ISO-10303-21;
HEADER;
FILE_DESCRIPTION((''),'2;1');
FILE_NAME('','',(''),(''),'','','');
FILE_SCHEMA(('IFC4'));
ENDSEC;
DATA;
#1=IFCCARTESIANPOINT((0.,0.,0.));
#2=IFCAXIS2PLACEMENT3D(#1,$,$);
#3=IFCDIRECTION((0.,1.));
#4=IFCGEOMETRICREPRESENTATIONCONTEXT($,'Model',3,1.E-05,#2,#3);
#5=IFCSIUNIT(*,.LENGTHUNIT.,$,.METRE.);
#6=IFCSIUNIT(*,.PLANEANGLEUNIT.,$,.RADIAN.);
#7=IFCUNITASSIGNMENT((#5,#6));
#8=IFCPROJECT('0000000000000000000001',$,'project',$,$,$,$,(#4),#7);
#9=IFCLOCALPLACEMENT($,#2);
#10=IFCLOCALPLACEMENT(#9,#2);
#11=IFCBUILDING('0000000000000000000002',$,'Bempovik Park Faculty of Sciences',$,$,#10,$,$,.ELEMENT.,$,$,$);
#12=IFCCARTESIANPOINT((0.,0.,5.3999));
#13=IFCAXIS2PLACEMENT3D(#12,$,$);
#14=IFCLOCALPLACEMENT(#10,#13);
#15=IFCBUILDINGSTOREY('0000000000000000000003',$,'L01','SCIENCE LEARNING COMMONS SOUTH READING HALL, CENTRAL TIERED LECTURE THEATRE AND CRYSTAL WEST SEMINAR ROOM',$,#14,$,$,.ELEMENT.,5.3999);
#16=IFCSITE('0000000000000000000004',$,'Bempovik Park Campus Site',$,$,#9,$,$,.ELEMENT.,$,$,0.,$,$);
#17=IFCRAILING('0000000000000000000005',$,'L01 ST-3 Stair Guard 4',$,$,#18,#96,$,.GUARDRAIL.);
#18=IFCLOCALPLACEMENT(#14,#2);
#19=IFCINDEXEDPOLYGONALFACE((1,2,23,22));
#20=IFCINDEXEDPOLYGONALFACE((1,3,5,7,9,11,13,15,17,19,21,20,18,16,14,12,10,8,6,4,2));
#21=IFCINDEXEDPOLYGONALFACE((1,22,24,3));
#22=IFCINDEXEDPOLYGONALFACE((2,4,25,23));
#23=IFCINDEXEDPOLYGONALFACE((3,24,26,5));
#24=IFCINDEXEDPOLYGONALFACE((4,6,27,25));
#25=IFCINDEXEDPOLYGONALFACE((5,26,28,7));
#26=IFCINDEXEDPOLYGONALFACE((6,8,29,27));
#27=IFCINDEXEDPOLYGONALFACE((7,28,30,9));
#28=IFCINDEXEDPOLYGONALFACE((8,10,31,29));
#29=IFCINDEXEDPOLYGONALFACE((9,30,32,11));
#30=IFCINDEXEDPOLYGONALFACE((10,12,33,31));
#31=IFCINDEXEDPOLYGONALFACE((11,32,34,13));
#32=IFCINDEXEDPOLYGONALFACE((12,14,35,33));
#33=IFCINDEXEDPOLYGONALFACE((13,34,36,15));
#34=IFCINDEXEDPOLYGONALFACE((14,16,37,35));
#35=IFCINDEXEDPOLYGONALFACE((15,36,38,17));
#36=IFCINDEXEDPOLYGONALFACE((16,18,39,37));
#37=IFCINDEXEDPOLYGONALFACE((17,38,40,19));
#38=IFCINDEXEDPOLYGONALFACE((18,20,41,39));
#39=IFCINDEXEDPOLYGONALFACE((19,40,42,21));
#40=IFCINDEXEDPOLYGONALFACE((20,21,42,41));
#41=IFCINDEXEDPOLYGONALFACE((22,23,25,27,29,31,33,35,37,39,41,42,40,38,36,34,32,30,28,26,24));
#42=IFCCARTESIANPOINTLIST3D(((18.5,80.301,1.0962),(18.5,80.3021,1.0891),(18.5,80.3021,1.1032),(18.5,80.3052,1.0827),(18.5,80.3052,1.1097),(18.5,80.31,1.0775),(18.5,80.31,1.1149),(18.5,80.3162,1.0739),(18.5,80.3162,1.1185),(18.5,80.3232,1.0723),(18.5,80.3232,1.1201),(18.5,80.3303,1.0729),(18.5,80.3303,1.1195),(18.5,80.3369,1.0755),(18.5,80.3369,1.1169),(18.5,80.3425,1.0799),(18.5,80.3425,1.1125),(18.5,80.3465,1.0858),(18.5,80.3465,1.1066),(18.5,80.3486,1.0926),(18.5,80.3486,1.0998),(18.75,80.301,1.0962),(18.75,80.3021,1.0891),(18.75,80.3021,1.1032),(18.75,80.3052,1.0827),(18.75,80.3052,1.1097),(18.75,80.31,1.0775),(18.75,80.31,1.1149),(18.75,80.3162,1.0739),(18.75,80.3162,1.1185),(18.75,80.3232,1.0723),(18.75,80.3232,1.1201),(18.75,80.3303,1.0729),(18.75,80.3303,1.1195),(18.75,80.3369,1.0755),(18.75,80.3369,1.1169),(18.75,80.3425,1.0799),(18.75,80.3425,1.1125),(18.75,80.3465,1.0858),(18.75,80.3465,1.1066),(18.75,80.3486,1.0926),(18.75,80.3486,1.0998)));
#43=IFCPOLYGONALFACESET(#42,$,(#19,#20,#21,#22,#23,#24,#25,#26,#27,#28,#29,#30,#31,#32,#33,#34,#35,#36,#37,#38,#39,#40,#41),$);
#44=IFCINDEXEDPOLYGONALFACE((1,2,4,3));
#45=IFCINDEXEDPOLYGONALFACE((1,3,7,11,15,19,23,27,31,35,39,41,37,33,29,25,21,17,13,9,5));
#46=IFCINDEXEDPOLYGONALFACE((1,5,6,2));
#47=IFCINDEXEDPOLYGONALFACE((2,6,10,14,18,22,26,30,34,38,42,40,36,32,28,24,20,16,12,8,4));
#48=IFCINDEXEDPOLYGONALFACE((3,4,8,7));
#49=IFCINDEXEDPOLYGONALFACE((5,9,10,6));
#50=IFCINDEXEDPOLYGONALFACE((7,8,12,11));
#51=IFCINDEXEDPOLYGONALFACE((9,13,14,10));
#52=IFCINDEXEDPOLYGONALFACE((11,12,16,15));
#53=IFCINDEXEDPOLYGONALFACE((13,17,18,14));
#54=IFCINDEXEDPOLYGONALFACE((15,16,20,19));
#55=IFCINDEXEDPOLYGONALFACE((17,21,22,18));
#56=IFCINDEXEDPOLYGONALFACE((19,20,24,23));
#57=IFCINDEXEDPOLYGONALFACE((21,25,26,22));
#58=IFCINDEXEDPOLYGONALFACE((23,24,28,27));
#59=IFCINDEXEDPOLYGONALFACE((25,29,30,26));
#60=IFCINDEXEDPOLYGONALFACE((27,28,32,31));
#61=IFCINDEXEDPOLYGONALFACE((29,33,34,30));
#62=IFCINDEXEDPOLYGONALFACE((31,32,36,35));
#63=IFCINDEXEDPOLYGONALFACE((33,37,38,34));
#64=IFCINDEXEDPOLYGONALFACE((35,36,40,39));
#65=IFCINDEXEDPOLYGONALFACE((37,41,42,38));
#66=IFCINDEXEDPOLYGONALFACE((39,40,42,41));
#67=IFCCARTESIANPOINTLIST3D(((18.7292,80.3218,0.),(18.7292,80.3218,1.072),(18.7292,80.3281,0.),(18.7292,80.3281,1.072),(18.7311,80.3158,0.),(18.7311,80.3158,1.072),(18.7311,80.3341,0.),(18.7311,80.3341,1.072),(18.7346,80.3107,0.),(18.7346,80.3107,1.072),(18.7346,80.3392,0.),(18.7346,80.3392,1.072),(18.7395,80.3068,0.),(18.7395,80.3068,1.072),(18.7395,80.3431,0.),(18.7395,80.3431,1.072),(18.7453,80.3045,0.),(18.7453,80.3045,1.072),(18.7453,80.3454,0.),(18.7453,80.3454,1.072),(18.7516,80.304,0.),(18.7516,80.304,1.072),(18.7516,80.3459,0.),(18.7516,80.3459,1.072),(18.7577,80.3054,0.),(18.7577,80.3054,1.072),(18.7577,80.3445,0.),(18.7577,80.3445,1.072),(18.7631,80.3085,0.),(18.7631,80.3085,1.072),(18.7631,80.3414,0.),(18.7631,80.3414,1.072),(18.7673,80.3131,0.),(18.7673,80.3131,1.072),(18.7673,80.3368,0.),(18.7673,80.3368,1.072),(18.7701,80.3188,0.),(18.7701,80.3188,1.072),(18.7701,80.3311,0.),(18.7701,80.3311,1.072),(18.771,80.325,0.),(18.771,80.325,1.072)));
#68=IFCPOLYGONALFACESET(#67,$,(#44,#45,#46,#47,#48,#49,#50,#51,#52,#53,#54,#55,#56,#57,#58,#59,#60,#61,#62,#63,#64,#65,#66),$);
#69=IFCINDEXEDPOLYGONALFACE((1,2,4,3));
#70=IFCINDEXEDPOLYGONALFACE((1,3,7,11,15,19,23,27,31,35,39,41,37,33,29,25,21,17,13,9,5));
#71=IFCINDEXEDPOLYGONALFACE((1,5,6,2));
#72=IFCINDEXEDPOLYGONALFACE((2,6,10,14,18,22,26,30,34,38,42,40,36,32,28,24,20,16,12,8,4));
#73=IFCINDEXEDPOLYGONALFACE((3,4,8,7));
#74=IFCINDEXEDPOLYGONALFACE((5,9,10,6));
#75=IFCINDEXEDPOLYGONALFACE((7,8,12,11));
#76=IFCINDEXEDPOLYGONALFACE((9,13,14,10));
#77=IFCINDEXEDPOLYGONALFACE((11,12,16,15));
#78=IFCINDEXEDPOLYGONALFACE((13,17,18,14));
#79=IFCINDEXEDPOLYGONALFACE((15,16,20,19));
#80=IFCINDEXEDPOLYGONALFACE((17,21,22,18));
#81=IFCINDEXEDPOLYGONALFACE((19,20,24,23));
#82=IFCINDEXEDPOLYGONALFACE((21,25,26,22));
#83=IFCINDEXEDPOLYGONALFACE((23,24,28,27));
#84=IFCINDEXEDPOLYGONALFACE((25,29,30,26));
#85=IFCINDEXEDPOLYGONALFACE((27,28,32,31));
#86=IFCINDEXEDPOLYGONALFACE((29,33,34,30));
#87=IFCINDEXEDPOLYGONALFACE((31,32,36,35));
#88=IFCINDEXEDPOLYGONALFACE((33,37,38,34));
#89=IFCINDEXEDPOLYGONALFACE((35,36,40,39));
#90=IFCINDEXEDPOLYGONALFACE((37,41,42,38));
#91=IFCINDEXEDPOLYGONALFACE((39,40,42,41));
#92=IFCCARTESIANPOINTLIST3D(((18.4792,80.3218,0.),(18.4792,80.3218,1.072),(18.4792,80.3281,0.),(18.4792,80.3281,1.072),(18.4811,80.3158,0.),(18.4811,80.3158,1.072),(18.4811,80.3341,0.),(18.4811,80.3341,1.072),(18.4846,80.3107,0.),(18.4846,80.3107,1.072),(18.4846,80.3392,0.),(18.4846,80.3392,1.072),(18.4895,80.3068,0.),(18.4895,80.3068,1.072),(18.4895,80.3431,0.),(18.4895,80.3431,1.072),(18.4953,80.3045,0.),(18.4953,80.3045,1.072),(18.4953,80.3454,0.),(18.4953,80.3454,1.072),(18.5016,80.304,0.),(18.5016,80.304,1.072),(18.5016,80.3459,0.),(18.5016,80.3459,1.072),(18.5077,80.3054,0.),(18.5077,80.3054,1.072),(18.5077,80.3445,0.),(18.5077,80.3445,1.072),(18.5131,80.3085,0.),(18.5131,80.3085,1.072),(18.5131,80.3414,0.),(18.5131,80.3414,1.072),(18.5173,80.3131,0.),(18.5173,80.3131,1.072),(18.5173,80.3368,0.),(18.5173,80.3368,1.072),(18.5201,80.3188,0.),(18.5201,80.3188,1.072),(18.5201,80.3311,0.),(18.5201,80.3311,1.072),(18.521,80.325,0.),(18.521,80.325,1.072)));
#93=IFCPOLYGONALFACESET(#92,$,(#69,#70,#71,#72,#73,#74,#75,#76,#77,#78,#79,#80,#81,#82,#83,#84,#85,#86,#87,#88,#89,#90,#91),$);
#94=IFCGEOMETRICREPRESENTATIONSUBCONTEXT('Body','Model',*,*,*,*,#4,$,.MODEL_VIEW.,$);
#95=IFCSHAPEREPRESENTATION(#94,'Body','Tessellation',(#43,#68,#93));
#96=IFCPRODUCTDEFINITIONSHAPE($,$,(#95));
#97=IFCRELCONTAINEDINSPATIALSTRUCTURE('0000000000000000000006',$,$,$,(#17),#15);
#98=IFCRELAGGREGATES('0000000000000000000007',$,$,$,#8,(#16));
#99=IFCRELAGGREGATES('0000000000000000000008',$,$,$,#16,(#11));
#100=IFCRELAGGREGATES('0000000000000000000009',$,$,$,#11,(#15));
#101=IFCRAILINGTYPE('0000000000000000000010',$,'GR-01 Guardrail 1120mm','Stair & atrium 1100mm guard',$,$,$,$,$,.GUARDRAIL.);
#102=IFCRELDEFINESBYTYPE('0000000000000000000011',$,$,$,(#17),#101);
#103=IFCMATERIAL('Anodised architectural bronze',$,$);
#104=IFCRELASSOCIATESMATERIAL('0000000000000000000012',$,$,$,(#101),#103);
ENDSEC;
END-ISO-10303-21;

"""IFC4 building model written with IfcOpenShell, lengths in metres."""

from ifc_helpers import new_model, si_unit, direction, frame, origin, origin_2d, place, context, subcontext, project, spatial, circle, extrude, material, type_object, element, save


model = new_model("IFC4")

# Units and contexts
model_context = context("Model", 3, precision=1e-05, world=origin(), true_north=direction((0.0, 1.0)))
body_context = subcontext(model_context, "Body", "Model", "MODEL_VIEW")
ifc_project = project(units=[si_unit("LENGTHUNIT", "METRE"), si_unit("PLANEANGLEUNIT", "RADIAN")], contexts=[model_context])

# Site, building, storey
site_placement = place(None, origin())
site = spatial("IfcSite", under=ifc_project, at=site_placement, Name="Bempovik Park Campus Site", CompositionType="ELEMENT", RefElevation=0.0)
building_placement = place(site_placement, origin())
building = spatial("IfcBuilding", under=site, at=building_placement, Name="Bempovik Park Faculty of Sciences", CompositionType="ELEMENT")
storey_placement = place(building_placement, frame((0.0, 0.0, 5.3999)))
storey = spatial("IfcBuildingStorey", under=building, at=storey_placement, Name="L01", Description="SCIENCE LEARNING COMMONS SOUTH READING HALL, CENTRAL TIERED LECTURE THEATRE AND CRYSTAL WEST SEMINAR ROOM", CompositionType="ELEMENT", Elevation=5.3999)

# Railing
ifc_material_1 = material(Name="Anodised architectural bronze")
railing_type_1 = type_object("IfcRailingType", Name="GR-01 Guardrail 1120mm", Description="Stair & atrium 1100mm guard", PredefinedType="GUARDRAIL", material=ifc_material_1)
railing_1_placement = place(storey_placement, frame((18.75, 80.325, 0.0)))
element("IfcRailing", 1, at=railing_1_placement, inside=storey, type_object=railing_type_1, Name="L01 ST-3 Stair Guard 4", PredefinedType="GUARDRAIL", context=body_context, shape_type="SweptSolid", body=[
    extrude(circle(Radius=0.0239, at=origin_2d()), frame((0.0, 0.0, 1.0962), z_axis=(-1.0, 0.0, 0.0), x_axis=(0.0, -1.0, 0.0)), (0.0, 0.0, 1.0), 0.25),
    extrude(circle(Radius=0.021, at=origin_2d()), origin(), (0.0, 0.0, 1.0), 1.072),
    extrude(circle(Radius=0.021, at=origin_2d()), frame((-0.25, 0.0, 0.0)), (0.0, 0.0, 1.0), 1.072),
])

save(model, "model.ifc")
